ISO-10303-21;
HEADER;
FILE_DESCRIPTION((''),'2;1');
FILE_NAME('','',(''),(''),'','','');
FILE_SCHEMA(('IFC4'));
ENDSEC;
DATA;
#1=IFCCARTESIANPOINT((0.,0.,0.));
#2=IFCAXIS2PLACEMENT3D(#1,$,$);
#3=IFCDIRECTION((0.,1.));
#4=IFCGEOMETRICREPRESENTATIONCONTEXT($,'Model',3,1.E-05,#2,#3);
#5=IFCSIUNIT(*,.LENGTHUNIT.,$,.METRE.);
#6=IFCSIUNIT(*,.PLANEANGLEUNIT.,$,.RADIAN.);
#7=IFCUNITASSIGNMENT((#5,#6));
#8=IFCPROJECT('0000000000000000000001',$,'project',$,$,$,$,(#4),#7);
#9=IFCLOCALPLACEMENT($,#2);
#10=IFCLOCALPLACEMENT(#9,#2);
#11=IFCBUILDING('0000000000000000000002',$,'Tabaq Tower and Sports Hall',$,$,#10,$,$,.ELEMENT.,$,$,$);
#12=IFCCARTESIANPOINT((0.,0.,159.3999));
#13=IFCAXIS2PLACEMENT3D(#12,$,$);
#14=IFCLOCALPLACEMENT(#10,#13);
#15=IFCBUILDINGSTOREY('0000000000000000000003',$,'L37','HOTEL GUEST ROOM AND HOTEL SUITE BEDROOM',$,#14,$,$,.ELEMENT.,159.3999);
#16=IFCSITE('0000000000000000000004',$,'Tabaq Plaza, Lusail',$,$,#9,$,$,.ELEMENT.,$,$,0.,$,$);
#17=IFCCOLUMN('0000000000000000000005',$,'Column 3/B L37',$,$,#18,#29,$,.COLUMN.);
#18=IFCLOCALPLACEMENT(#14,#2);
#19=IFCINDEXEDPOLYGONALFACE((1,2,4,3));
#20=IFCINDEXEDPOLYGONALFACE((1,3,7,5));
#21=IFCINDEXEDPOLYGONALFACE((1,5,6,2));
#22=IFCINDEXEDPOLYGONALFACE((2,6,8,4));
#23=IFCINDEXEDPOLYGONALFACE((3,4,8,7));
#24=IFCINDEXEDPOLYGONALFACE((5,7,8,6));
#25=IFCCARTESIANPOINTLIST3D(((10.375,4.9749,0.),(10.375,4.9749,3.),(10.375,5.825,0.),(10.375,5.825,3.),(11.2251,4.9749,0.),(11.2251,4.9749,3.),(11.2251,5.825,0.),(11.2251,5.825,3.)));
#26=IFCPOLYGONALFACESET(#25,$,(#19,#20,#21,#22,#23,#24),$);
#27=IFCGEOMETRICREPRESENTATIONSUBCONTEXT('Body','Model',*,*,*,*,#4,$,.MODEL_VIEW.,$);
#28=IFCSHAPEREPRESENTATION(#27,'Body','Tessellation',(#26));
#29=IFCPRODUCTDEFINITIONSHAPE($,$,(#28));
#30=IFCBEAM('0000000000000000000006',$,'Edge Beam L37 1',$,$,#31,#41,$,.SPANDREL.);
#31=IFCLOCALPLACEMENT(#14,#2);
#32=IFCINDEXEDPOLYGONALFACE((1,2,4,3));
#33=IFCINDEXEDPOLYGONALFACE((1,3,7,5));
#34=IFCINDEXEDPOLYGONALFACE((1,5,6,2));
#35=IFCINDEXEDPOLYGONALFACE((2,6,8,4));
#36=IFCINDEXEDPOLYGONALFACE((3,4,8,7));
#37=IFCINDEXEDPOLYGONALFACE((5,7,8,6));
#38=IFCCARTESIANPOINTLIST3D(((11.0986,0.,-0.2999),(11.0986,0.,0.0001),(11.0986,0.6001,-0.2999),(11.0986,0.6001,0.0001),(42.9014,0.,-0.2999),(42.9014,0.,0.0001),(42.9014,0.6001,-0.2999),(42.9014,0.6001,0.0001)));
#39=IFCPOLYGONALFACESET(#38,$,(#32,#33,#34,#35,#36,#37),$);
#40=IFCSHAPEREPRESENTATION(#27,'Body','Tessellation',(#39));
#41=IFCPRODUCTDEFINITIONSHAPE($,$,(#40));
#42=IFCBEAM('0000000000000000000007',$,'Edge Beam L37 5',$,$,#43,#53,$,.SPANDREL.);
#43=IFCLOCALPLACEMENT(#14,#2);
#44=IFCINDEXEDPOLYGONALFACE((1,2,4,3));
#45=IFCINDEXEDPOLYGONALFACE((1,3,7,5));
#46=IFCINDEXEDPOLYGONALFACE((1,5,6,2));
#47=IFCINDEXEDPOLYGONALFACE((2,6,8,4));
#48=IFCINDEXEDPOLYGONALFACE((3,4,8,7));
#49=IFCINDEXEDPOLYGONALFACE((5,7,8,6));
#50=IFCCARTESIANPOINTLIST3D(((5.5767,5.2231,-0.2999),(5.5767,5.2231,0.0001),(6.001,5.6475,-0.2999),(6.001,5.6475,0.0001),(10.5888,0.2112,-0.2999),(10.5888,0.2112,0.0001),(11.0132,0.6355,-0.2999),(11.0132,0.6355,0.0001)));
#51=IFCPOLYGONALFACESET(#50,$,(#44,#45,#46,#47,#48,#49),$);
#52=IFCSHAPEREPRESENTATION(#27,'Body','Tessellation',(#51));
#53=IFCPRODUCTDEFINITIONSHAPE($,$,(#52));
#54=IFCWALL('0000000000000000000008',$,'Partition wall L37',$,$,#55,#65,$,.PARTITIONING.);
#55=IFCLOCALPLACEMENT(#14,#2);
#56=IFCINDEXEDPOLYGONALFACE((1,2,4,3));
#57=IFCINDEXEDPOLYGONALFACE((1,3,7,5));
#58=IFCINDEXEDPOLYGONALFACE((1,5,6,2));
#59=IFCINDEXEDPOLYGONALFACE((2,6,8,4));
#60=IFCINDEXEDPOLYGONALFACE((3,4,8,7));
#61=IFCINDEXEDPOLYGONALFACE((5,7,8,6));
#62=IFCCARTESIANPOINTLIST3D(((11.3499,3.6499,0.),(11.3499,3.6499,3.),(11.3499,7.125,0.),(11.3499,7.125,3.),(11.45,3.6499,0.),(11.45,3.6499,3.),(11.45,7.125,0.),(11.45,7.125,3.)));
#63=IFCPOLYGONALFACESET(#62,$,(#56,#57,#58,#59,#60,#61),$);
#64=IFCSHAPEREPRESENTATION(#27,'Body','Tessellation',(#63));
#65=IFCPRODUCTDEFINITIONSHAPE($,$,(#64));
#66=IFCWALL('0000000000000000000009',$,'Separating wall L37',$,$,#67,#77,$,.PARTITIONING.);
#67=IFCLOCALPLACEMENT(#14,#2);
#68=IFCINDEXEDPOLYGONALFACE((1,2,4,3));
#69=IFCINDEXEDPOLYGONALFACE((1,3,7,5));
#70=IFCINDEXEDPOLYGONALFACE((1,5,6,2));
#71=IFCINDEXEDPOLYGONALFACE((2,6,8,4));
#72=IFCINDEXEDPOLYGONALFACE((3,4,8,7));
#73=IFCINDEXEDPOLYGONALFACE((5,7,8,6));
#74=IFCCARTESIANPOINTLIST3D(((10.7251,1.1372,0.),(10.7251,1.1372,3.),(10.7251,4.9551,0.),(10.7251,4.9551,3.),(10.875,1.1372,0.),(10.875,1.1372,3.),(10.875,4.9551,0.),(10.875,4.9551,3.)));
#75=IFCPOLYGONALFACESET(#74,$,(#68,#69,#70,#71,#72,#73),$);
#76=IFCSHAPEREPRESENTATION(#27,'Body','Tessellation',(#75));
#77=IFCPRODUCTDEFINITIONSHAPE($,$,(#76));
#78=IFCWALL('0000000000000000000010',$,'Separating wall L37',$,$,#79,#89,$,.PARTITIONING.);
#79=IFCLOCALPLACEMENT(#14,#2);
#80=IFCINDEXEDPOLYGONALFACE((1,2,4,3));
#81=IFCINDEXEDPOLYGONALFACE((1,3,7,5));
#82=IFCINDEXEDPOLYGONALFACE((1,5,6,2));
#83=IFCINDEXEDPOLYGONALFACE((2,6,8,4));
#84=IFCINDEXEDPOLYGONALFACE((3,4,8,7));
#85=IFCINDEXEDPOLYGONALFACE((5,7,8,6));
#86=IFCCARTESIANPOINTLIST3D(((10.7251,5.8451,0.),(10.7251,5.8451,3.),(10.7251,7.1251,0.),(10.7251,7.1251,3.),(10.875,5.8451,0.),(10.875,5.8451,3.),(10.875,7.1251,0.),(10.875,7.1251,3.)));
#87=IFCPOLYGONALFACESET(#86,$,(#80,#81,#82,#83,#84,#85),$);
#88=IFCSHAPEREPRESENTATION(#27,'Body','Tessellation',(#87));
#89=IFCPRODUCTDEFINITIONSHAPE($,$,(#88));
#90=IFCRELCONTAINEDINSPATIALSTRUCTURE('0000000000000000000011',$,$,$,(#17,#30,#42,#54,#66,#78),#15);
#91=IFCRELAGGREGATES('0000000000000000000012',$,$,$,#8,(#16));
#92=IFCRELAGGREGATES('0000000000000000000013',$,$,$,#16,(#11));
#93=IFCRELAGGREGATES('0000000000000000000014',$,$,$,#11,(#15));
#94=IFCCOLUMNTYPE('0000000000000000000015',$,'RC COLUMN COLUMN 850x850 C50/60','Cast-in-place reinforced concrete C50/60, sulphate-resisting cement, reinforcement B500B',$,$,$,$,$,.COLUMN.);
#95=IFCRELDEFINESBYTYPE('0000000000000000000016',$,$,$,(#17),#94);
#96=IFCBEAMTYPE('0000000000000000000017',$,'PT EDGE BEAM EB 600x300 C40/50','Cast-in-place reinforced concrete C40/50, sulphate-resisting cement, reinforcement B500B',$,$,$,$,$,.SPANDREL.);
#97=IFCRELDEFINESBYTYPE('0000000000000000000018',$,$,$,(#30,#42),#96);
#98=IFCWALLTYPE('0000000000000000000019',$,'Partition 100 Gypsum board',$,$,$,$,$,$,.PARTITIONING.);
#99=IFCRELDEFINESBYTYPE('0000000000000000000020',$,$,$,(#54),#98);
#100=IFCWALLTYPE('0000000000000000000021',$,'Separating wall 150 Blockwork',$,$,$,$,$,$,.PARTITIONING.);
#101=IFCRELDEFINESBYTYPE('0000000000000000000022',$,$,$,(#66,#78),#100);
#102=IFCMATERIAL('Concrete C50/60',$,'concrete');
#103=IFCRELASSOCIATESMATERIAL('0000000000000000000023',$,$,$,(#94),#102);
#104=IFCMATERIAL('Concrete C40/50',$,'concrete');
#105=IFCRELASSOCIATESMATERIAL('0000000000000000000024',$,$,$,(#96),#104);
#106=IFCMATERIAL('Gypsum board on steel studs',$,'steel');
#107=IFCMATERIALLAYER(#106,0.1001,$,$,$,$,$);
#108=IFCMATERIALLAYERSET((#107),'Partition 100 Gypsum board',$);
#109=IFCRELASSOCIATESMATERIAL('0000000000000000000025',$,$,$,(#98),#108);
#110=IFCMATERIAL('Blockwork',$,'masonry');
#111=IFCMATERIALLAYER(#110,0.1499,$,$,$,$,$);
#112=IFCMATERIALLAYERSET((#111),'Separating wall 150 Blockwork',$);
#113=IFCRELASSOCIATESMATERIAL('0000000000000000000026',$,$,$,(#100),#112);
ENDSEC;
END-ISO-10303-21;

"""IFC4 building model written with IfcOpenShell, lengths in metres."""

from ifc_helpers import new_model, si_unit, direction, frame, frame_2d, origin, origin_2d, place, context, subcontext, project, spatial, rectangle, extrude, material, layer, layer_set, material_profile, profile_set, type_object, element, save


model = new_model("IFC4")

# Units and contexts
model_context = context("Model", 3, precision=1e-05, world=origin(), true_north=direction((0.0, 1.0)))
body_context = subcontext(model_context, "Body", "Model", "MODEL_VIEW")
ifc_project = project(units=[si_unit("LENGTHUNIT", "METRE"), si_unit("PLANEANGLEUNIT", "RADIAN")], contexts=[model_context])

# Site, building, storey
site_placement = place(None, origin())
site = spatial("IfcSite", under=ifc_project, at=site_placement, Name="Tabaq Plaza, Lusail", CompositionType="ELEMENT", RefElevation=0.0)
building_placement = place(site_placement, origin())
building = spatial("IfcBuilding", under=site, at=building_placement, Name="Tabaq Tower and Sports Hall", CompositionType="ELEMENT")
storey_placement = place(building_placement, frame((0.0, 0.0, 159.3999)))
storey = spatial("IfcBuildingStorey", under=building, at=storey_placement, Name="L37", Description="HOTEL GUEST ROOM AND HOTEL SUITE BEDROOM", CompositionType="ELEMENT", Elevation=159.3999)

# Column
ifc_material_1 = material(Name="Concrete C50/60", Category="concrete")
ifc_material_profile_1 = material_profile(ifc_material_1, rectangle(XDim=0.8501, YDim=0.8501, at=origin_2d()), Name="COLUMN 850x850")
ifc_profile_set_1 = profile_set([ifc_material_profile_1], Name="Concrete C50/60")
column_type = type_object("IfcColumnType", Name="RC COLUMN COLUMN 850x850 C50/60", Description="Cast-in-place reinforced concrete C50/60, sulphate-resisting cement, reinforcement B500B", PredefinedType="COLUMN", material=ifc_profile_set_1)
column_placement = place(storey_placement, frame((10.8, 5.3999, 0.0), z_axis=(0.0, 0.0, 1.0), x_axis=(1.0, 0.0, 0.0)))
element("IfcColumn", 1, at=column_placement, inside=storey, type_object=column_type, Name="Column 3/B L37", PredefinedType="COLUMN", context=body_context, shape_type="SweptSolid", body=[
    extrude(rectangle(XDim=0.8501, YDim=0.8501, at=origin_2d()), origin(), (0.0, 0.0, 1.0), 3.0),
])

# Beams
ifc_material_2 = material(Name="Concrete C40/50", Category="concrete")
ifc_material_profile_2 = material_profile(ifc_material_2, rectangle(XDim=0.6001, YDim=0.3, at=origin_2d()), Name="EB 600x300")
ifc_profile_set_2 = profile_set([ifc_material_profile_2], Name="Concrete C40/50")
beam_type = type_object("IfcBeamType", Name="PT EDGE BEAM EB 600x300 C40/50", Description="Cast-in-place reinforced concrete C40/50, sulphate-resisting cement, reinforcement B500B", PredefinedType="SPANDREL", material=ifc_profile_set_2)
beam_1_placement = place(storey_placement, frame((11.0986, 0.3, -0.1499), z_axis=(1.0, 0.0, 0.0), x_axis=(0.0, 1.0, 0.0)))
element("IfcBeam", 2, at=beam_1_placement, inside=storey, type_object=beam_type, Name="Edge Beam L37 1", PredefinedType="SPANDREL", context=body_context, shape_type="SweptSolid", body=[
    extrude(rectangle(XDim=0.6001, YDim=0.3, at=origin_2d()), origin(), (0.0, 0.0, 1.0), 31.8027),
])
beam_2_placement = place(storey_placement, frame((5.7888, 5.4353, -0.1499), z_axis=(0.707124, -0.70709, 0.0), x_axis=(0.70709, 0.707124, 0.0)))
element("IfcBeam", 3, at=beam_2_placement, inside=storey, type_object=beam_type, Name="Edge Beam L37 5", PredefinedType="SPANDREL", context=body_context, shape_type="SweptSolid", body=[
    extrude(rectangle(XDim=0.6001, YDim=0.3, at=origin_2d()), origin(), (0.0, 0.0, 1.0), 7.0881),
])

# Walls
ifc_material_3 = material(Name="Gypsum board on steel studs", Category="steel")
ifc_layer_1 = layer(ifc_material_3, 0.1001)
ifc_layer_set_1 = layer_set([ifc_layer_1], Name="Partition 100 Gypsum board")
wall_type_1 = type_object("IfcWallType", Name="Partition 100 Gypsum board", PredefinedType="PARTITIONING", material=ifc_layer_set_1)
wall_1_placement = place(storey_placement, frame((11.3999, 3.6499, 0.0), z_axis=(0.0, 0.0, 1.0), x_axis=(0.0, 1.0, 0.0)))
element("IfcWall", 4, at=wall_1_placement, inside=storey, type_object=wall_type_1, Name="Partition wall L37", PredefinedType="PARTITIONING", context=body_context, shape_type="SweptSolid", body=[
    extrude(rectangle(XDim=3.4751, YDim=0.1001, at=frame_2d((1.7375, 0.0))), origin(), (0.0, 0.0, 1.0), 3.0),
])
ifc_material_4 = material(Name="Blockwork", Category="masonry")
ifc_layer_2 = layer(ifc_material_4, 0.1499)
ifc_layer_set_2 = layer_set([ifc_layer_2], Name="Separating wall 150 Blockwork")
wall_type_2 = type_object("IfcWallType", Name="Separating wall 150 Blockwork", PredefinedType="PARTITIONING", material=ifc_layer_set_2)
wall_2_placement = place(storey_placement, frame((10.8, 1.1372, 0.0), z_axis=(0.0, 0.0, 1.0), x_axis=(0.0, 1.0, 0.0)))
element("IfcWall", 5, at=wall_2_placement, inside=storey, type_object=wall_type_2, Name="Separating wall L37", PredefinedType="PARTITIONING", context=body_context, shape_type="SweptSolid", body=[
    extrude(rectangle(XDim=3.8179, YDim=0.1499, at=frame_2d((1.9089, 0.0))), origin(), (0.0, 0.0, 1.0), 3.0),
])
wall_3_placement = place(storey_placement, frame((10.8, 5.845, 0.0), z_axis=(0.0, 0.0, 1.0), x_axis=(0.0, 1.0, 0.0)))
element("IfcWall", 6, at=wall_3_placement, inside=storey, type_object=wall_type_2, Name="Separating wall L37", PredefinedType="PARTITIONING", context=body_context, shape_type="SweptSolid", body=[
    extrude(rectangle(XDim=1.28, YDim=0.1499, at=frame_2d((0.6401, 0.0))), origin(), (0.0, 0.0, 1.0), 3.0),
])

save(model, "model.ifc")
